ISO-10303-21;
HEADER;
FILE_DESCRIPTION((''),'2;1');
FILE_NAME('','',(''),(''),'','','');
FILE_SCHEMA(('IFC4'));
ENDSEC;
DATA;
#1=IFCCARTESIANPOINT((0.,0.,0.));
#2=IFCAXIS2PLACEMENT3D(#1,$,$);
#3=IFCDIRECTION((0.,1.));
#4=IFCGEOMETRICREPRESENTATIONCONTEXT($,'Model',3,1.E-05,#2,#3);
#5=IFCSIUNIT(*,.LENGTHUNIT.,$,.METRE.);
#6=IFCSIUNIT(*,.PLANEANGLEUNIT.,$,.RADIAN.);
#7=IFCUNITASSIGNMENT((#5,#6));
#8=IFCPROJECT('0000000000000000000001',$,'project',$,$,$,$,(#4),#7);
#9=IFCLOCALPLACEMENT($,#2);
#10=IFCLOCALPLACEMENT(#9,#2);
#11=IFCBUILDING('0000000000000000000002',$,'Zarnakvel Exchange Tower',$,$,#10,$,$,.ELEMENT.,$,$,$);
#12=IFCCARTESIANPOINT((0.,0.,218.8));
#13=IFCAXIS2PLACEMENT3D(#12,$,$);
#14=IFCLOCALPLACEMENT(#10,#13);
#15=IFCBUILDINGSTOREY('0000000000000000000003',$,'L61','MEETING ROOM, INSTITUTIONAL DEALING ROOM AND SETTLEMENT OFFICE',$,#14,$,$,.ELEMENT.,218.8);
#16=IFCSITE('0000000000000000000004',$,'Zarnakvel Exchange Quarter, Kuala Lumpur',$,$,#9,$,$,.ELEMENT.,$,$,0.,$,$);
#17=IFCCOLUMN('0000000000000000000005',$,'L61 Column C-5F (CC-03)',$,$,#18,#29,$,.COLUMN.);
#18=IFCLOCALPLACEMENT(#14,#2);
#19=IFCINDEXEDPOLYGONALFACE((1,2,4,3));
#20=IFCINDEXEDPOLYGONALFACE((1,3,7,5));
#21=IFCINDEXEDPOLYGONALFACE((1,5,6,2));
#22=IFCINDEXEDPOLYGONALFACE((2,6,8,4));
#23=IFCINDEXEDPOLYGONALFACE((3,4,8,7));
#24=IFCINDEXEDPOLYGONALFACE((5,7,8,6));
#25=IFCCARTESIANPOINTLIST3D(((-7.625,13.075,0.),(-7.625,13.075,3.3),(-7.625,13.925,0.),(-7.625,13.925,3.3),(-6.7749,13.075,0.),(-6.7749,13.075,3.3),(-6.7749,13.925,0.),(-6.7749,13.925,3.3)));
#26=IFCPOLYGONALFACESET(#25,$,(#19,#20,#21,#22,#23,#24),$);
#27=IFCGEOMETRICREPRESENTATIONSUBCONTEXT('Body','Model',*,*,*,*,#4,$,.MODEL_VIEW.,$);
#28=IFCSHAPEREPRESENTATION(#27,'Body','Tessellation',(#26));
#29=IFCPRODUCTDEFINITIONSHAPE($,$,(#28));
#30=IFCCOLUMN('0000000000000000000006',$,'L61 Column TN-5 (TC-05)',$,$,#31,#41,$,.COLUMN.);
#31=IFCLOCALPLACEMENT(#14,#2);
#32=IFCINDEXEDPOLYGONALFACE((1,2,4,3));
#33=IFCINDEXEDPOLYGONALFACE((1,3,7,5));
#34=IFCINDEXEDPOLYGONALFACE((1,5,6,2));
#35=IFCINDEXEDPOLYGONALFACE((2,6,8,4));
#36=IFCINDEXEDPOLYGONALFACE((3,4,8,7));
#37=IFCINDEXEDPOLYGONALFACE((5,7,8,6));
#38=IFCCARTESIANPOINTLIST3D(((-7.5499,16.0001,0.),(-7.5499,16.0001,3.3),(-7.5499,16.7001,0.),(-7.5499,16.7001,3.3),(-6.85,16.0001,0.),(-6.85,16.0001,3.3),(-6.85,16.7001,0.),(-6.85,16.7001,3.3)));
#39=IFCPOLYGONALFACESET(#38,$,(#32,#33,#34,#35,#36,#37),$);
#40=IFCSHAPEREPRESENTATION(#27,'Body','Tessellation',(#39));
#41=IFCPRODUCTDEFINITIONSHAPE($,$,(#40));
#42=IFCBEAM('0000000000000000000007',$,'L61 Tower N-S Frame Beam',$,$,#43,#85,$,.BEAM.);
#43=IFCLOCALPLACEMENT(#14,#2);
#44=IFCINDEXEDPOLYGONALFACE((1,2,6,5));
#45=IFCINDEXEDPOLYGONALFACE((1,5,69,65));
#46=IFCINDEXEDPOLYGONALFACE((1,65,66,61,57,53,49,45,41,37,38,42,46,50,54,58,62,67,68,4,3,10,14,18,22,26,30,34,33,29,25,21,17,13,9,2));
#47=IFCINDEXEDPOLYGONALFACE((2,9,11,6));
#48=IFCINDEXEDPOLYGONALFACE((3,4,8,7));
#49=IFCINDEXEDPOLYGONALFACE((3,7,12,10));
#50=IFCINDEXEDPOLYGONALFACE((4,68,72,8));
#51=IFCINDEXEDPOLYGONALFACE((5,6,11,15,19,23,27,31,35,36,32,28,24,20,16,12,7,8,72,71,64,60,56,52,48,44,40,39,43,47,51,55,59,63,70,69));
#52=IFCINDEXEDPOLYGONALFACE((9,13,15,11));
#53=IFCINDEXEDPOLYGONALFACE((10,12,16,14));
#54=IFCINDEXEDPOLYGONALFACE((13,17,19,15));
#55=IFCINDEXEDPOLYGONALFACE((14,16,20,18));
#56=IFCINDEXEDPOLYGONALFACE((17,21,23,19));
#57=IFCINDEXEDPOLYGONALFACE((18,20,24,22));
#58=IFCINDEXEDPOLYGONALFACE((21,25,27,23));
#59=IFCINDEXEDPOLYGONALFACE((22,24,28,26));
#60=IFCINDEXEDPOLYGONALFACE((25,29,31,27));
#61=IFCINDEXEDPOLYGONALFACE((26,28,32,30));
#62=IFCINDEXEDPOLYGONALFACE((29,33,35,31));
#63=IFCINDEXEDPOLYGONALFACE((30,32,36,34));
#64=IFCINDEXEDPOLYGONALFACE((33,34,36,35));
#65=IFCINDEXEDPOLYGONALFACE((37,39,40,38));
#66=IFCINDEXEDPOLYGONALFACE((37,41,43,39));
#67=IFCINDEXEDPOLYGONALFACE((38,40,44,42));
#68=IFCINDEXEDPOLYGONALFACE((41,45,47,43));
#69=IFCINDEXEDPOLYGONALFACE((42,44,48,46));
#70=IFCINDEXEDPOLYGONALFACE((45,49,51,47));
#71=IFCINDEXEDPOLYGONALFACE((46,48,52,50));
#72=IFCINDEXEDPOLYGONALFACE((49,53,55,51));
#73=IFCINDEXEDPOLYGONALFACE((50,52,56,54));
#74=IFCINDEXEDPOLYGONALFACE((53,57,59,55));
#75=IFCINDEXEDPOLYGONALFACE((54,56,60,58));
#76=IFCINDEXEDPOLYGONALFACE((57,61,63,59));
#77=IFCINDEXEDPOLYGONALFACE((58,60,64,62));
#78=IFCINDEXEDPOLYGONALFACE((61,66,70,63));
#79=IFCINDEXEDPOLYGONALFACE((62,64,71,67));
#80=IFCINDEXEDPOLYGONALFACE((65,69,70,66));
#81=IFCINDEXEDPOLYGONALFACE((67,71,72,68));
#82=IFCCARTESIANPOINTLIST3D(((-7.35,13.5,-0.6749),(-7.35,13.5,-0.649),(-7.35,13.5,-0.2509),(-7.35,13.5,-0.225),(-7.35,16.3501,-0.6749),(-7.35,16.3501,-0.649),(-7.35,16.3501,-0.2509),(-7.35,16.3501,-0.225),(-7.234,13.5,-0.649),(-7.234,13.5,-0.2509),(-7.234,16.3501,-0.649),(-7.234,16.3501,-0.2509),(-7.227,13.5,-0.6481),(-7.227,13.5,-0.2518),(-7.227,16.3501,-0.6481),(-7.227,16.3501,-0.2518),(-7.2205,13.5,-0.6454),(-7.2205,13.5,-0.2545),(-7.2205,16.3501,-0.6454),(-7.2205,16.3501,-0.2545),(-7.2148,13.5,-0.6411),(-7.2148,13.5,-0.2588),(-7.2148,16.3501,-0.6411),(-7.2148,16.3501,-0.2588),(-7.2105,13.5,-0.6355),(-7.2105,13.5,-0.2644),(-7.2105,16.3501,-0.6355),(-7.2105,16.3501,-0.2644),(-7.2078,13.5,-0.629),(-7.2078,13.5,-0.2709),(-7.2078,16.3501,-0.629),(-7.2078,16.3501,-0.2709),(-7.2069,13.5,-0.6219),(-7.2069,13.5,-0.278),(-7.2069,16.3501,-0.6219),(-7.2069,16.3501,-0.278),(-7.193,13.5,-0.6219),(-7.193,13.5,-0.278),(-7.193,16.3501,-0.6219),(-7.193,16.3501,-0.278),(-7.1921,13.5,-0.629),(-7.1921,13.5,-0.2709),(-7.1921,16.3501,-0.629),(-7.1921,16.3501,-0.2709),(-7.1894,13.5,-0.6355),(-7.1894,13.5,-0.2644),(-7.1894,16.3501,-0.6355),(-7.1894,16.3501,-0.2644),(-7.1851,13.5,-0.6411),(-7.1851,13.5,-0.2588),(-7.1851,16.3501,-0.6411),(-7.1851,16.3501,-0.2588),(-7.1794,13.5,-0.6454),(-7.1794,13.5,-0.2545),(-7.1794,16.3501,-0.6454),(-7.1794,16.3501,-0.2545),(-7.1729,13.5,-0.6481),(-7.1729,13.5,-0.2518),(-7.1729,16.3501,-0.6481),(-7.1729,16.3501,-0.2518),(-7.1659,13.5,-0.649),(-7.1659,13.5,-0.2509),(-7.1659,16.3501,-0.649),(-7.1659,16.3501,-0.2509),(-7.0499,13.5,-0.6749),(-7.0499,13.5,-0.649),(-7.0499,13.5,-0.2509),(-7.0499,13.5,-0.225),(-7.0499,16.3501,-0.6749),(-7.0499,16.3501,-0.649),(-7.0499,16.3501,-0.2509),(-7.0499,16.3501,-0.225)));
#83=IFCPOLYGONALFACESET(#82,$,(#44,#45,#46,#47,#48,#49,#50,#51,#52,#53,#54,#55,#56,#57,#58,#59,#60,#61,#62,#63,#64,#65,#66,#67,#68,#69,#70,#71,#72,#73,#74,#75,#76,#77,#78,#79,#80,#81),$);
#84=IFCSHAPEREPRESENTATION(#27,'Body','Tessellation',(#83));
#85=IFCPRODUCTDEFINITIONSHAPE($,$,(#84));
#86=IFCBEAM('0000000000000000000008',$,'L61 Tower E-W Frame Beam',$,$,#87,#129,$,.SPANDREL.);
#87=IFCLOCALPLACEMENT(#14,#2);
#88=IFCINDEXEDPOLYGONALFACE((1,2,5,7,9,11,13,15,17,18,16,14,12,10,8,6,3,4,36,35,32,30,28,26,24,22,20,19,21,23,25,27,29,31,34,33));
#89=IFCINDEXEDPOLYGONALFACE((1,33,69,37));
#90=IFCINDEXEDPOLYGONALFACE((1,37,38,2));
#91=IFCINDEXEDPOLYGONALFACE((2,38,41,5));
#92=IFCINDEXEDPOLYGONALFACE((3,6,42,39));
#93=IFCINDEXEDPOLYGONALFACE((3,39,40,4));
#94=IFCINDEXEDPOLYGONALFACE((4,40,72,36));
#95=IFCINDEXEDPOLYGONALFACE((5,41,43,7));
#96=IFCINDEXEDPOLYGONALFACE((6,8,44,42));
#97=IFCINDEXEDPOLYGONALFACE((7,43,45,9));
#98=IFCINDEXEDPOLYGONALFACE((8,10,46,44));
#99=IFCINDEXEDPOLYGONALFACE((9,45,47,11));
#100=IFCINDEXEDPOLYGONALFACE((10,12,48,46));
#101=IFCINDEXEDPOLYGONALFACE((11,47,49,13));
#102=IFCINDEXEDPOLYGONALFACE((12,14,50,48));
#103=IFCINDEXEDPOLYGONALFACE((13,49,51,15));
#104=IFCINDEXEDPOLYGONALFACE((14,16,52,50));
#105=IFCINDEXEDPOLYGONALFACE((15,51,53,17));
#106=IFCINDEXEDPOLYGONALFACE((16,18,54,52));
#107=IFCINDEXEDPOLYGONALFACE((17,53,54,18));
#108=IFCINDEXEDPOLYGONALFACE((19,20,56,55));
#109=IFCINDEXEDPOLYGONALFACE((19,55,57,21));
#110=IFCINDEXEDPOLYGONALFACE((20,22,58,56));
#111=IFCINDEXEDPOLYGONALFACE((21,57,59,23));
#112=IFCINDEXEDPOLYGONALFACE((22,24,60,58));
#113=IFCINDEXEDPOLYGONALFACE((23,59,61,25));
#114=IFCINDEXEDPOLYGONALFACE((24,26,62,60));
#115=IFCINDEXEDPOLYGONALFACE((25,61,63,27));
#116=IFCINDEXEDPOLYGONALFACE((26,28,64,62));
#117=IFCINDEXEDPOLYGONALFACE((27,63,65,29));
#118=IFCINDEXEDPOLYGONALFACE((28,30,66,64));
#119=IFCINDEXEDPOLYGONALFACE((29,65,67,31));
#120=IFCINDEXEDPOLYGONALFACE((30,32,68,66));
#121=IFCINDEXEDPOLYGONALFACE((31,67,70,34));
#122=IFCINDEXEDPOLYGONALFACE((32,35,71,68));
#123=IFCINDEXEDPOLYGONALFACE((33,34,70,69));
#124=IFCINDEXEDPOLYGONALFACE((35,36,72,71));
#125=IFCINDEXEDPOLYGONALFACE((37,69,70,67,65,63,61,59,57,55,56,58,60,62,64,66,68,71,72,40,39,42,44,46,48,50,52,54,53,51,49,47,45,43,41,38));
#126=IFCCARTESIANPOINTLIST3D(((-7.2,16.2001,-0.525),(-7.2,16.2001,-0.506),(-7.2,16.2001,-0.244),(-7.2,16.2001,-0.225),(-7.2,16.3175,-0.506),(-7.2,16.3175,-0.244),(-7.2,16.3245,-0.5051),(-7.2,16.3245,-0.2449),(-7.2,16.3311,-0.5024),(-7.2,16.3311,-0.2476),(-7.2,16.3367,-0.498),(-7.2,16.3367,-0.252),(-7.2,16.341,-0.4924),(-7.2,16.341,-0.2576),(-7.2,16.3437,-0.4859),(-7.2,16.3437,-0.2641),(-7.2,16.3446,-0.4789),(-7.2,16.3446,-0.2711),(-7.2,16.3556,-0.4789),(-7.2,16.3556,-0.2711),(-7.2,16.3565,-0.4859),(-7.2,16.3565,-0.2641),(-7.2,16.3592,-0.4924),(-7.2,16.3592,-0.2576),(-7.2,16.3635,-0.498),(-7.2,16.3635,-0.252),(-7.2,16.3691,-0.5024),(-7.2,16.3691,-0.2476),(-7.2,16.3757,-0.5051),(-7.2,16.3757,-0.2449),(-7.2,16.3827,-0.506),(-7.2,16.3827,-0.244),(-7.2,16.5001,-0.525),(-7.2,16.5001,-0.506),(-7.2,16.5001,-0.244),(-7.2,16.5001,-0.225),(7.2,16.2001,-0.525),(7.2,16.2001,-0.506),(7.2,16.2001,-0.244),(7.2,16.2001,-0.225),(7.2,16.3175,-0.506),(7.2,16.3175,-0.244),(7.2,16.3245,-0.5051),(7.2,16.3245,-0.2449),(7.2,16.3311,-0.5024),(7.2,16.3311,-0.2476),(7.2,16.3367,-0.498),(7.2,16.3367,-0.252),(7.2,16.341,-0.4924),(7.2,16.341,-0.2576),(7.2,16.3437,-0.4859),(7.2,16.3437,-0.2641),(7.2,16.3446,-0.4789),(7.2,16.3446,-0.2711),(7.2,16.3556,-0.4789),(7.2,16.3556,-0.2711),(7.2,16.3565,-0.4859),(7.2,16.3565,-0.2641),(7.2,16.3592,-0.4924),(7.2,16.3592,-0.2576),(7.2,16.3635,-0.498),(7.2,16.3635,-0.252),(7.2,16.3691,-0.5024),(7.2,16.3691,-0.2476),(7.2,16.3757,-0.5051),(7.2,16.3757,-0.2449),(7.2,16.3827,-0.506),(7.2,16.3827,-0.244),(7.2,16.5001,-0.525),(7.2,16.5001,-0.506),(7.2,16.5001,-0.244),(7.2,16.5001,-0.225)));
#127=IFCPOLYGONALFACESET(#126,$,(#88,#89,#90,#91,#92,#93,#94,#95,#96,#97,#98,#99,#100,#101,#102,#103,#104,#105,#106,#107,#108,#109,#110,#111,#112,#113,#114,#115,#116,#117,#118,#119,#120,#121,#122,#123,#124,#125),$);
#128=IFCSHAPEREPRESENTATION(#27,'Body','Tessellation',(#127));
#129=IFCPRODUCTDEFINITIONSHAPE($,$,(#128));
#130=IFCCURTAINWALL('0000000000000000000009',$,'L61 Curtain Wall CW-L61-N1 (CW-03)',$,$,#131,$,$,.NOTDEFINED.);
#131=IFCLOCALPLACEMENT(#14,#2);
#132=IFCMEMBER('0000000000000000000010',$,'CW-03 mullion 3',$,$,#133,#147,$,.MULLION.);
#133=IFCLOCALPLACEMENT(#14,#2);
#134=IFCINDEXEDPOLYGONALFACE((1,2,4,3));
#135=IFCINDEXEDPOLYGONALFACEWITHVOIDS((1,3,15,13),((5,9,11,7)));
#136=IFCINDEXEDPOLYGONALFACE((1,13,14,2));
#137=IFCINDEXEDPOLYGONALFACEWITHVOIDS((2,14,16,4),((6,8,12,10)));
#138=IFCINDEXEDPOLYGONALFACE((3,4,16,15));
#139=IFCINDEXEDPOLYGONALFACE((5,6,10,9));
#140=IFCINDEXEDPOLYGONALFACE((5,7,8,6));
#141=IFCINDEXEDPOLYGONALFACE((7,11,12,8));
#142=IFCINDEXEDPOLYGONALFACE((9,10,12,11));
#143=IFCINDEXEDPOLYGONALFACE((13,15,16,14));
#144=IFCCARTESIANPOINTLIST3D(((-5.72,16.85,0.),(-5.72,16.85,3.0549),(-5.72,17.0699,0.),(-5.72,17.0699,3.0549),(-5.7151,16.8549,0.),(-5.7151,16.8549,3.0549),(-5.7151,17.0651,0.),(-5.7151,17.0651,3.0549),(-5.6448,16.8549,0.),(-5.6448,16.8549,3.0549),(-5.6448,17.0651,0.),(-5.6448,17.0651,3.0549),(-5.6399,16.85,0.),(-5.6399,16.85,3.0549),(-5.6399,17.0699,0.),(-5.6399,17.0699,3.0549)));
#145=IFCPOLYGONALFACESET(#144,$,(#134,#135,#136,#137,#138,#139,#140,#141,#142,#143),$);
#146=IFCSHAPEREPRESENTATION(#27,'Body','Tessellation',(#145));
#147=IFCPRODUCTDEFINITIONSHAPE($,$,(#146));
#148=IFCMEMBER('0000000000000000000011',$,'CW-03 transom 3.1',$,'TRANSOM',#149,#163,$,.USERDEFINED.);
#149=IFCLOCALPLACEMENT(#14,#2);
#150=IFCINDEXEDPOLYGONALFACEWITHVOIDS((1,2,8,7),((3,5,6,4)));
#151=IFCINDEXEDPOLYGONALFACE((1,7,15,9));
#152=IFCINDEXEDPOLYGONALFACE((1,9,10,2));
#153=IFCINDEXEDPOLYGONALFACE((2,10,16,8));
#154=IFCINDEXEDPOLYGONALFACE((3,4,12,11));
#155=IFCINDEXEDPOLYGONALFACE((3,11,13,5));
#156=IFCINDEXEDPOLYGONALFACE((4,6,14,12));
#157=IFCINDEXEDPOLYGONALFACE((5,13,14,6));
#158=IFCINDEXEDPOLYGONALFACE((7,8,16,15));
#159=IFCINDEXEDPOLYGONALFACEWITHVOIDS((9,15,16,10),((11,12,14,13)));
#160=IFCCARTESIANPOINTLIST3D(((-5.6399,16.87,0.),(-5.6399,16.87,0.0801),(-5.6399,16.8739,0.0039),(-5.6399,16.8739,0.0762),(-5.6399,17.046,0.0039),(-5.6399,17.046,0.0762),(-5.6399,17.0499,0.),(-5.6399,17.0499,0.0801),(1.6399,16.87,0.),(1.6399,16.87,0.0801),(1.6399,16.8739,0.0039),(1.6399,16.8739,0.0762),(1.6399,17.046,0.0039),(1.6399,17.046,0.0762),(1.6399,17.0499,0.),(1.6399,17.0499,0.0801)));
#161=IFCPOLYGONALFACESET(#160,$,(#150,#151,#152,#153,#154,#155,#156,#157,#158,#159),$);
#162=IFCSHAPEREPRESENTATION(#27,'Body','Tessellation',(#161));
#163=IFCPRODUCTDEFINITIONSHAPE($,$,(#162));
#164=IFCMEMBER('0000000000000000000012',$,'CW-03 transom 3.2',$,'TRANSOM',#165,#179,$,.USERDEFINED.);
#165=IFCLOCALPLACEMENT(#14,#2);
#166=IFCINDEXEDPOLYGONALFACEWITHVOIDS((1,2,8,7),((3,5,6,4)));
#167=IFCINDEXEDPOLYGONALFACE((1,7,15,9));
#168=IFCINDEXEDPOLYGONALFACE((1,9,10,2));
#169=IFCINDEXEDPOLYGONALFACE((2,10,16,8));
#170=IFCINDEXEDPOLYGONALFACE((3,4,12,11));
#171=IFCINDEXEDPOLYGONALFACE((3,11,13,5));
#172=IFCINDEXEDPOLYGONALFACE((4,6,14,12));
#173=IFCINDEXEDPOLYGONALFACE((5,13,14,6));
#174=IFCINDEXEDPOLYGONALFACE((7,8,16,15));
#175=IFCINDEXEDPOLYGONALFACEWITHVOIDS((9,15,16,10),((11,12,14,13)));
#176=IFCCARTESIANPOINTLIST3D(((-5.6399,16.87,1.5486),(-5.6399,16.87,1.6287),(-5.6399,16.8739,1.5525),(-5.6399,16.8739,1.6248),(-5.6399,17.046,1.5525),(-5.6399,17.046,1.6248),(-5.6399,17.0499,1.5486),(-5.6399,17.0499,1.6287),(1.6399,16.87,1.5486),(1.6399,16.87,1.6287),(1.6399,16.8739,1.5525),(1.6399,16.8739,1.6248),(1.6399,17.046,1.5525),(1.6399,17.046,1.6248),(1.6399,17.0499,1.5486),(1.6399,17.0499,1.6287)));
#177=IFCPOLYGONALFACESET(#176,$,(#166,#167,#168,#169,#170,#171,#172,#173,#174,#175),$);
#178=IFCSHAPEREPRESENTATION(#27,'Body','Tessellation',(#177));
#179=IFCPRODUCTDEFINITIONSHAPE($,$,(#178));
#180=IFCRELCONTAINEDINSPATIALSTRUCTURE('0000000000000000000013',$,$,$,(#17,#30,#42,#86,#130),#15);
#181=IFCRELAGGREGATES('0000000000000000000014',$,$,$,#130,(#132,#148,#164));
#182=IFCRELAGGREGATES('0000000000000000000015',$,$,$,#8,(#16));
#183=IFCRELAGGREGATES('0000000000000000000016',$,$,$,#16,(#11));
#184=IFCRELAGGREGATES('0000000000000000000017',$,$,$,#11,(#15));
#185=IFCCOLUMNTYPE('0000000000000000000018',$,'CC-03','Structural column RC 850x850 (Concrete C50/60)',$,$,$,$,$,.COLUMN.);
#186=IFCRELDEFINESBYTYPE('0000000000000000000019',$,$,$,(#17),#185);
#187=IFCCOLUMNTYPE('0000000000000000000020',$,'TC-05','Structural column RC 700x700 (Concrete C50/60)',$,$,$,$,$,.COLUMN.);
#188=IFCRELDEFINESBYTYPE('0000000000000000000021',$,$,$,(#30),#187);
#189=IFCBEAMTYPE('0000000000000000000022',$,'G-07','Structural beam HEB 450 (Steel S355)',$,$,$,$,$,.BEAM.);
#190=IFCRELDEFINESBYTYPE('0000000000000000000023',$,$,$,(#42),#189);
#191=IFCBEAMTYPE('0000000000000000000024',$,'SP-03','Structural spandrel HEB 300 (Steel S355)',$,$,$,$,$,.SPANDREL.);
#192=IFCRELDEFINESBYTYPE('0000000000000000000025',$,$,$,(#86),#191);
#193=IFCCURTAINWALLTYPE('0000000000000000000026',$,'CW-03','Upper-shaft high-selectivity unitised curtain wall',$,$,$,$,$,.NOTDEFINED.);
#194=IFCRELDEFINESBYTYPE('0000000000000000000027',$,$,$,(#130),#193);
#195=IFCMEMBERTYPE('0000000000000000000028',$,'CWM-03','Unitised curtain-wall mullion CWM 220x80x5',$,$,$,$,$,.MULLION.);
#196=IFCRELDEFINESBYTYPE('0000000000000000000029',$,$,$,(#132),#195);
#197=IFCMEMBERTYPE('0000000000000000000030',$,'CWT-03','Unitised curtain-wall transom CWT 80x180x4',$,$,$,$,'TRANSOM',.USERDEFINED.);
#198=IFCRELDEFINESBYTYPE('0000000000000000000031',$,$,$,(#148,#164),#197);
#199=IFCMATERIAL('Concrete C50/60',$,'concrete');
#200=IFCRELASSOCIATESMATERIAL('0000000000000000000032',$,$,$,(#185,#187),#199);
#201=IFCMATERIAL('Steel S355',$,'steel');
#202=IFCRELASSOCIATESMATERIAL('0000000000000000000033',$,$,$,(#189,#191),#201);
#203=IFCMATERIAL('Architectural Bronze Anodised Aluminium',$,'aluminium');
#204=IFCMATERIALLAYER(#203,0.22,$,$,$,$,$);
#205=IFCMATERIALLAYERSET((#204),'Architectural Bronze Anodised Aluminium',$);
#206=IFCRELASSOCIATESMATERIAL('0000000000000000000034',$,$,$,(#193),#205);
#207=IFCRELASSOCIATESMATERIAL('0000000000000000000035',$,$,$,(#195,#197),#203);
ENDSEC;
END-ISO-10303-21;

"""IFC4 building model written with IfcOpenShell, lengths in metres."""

from ifc_helpers import new_model, si_unit, direction, frame, origin, origin_2d, place, context, subcontext, project, spatial, rectangle, hollow_rectangle, i_section, extrude, source, transform, mapped, material, layer, layer_set, material_profile, profile_set, type_object, element, aggregate, save


model = new_model("IFC4")

# Units and contexts
model_context = context("Model", 3, precision=1e-05, world=origin(), true_north=direction((0.0, 1.0)))
body_context = subcontext(model_context, "Body", "Model", "MODEL_VIEW")
ifc_project = project(units=[si_unit("LENGTHUNIT", "METRE"), si_unit("PLANEANGLEUNIT", "RADIAN")], contexts=[model_context])

# Site, building, storey
site_placement = place(None, origin())
site = spatial("IfcSite", under=ifc_project, at=site_placement, Name="Zarnakvel Exchange Quarter, Kuala Lumpur", CompositionType="ELEMENT", RefElevation=0.0)
building_placement = place(site_placement, origin())
building = spatial("IfcBuilding", under=site, at=building_placement, Name="Zarnakvel Exchange Tower", CompositionType="ELEMENT")
storey_placement = place(building_placement, frame((0.0, 0.0, 218.8)))
storey = spatial("IfcBuildingStorey", under=building, at=storey_placement, Name="L61", Description="MEETING ROOM, INSTITUTIONAL DEALING ROOM AND SETTLEMENT OFFICE", CompositionType="ELEMENT", Elevation=218.8)

# Columns
ifc_material_1 = material(Name="Concrete C50/60", Category="concrete")
ifc_material_profile_1 = material_profile(ifc_material_1, rectangle(XDim=0.8501, YDim=0.8501, at=origin_2d()))
ifc_profile_set_1 = profile_set([ifc_material_profile_1], Name="Concrete C50/60")
column_type_1 = type_object("IfcColumnType", Name="CC-03", Description="Structural column RC 850x850 (Concrete C50/60)", PredefinedType="COLUMN", material=ifc_profile_set_1)
column_1_placement = place(storey_placement, frame((-7.2, 13.5, 0.0), z_axis=(0.0, 0.0, 1.0), x_axis=(1.0, 0.0, 0.0)))
element("IfcColumn", 1, at=column_1_placement, inside=storey, type_object=column_type_1, Name="L61 Column C-5F (CC-03)", PredefinedType="COLUMN", context=body_context, shape_type="SweptSolid", body=[
    extrude(rectangle(XDim=0.8501, YDim=0.8501, at=origin_2d()), origin(), (0.0, 0.0, 1.0), 3.3),
])
ifc_material_profile_2 = material_profile(ifc_material_1, rectangle(XDim=0.7, YDim=0.7, at=origin_2d()))
ifc_profile_set_2 = profile_set([ifc_material_profile_2], Name="Concrete C50/60")
column_type_2 = type_object("IfcColumnType", Name="TC-05", Description="Structural column RC 700x700 (Concrete C50/60)", PredefinedType="COLUMN", material=ifc_profile_set_2)
column_2_placement = place(storey_placement, frame((-7.2, 16.3501, 0.0), z_axis=(0.0, 0.0, 1.0), x_axis=(1.0, 0.0, 0.0)))
element("IfcColumn", 2, at=column_2_placement, inside=storey, type_object=column_type_2, Name="L61 Column TN-5 (TC-05)", PredefinedType="COLUMN", context=body_context, shape_type="SweptSolid", body=[
    extrude(rectangle(XDim=0.7, YDim=0.7, at=origin_2d()), origin(), (0.0, 0.0, 1.0), 3.3),
])

# Beams
ifc_material_2 = material(Name="Steel S355", Category="steel")
ifc_material_profile_3 = material_profile(ifc_material_2, i_section(OverallWidth=0.3, OverallDepth=0.45, WebThickness=0.0139, FlangeThickness=0.0259, FilletRadius=0.0271, at=origin_2d()))
ifc_profile_set_3 = profile_set([ifc_material_profile_3], Name="Steel S355")
beam_type_1 = type_object("IfcBeamType", Name="G-07", Description="Structural beam HEB 450 (Steel S355)", PredefinedType="BEAM", material=ifc_profile_set_3)
beam_1_placement = place(storey_placement, frame((-7.2, 13.5, -0.45), z_axis=(0.0, 1.0, 0.0), x_axis=(-1.0, 0.0, 0.0)))
element("IfcBeam", 3, at=beam_1_placement, inside=storey, type_object=beam_type_1, Name="L61 Tower N-S Frame Beam", PredefinedType="BEAM", context=body_context, shape_type="SweptSolid", body=[
    extrude(i_section(OverallWidth=0.3, OverallDepth=0.45, WebThickness=0.0139, FlangeThickness=0.0259, FilletRadius=0.0271, at=origin_2d()), origin(), (0.0, 0.0, 1.0), 2.8501),
])
ifc_material_profile_4 = material_profile(ifc_material_2, i_section(OverallWidth=0.3, OverallDepth=0.3, WebThickness=0.011, FlangeThickness=0.019, FilletRadius=0.0271, at=origin_2d()))
ifc_profile_set_4 = profile_set([ifc_material_profile_4], Name="Steel S355")
beam_type_2 = type_object("IfcBeamType", Name="SP-03", Description="Structural spandrel HEB 300 (Steel S355)", PredefinedType="SPANDREL", material=ifc_profile_set_4)
beam_2_placement = place(storey_placement, frame((-7.2, 16.3501, -0.375), z_axis=(1.0, 0.0, 0.0), x_axis=(0.0, 1.0, 0.0)))
element("IfcBeam", 4, at=beam_2_placement, inside=storey, type_object=beam_type_2, Name="L61 Tower E-W Frame Beam", PredefinedType="SPANDREL", context=body_context, shape_type="SweptSolid", body=[
    extrude(i_section(OverallWidth=0.3, OverallDepth=0.3, WebThickness=0.011, FlangeThickness=0.019, FilletRadius=0.0271, at=origin_2d()), origin(), (0.0, 0.0, 1.0), 14.3999),
])

# Curtain wall, members
ifc_material_3 = material(Name="Architectural Bronze Anodised Aluminium", Category="aluminium")
ifc_layer_1 = layer(ifc_material_3, 0.22)
ifc_layer_set_1 = layer_set([ifc_layer_1], Name="Architectural Bronze Anodised Aluminium")
curtain_wall_type = type_object("IfcCurtainWallType", Name="CW-03", Description="Upper-shaft high-selectivity unitised curtain wall", PredefinedType="NOTDEFINED", material=ifc_layer_set_1)
curtain_wall_placement = place(storey_placement, origin())
curtain_wall = element("IfcCurtainWall", 5, at=curtain_wall_placement, inside=storey, type_object=curtain_wall_type, Name="L61 Curtain Wall CW-L61-N1 (CW-03)", PredefinedType="NOTDEFINED")
ifc_material_profile_5 = material_profile(ifc_material_3, hollow_rectangle(XDim=0.22, YDim=0.0801, WallThickness=0.0049, at=origin_2d()))
ifc_profile_set_5 = profile_set([ifc_material_profile_5], Name="Architectural Bronze Anodised Aluminium")
member_type_1 = type_object("IfcMemberType", Name="CWM-03", Description="Unitised curtain-wall mullion CWM 220x80x5", PredefinedType="MULLION", material=ifc_profile_set_5)
shared_shape_1 = source(origin(), body_context, "Body", "SweptSolid", [
    extrude(hollow_rectangle(XDim=0.22, YDim=0.0801, WallThickness=0.0049, at=origin_2d()), origin(), (0.0, 0.0, 1.0), 3.0549),
])
member_1_placement = place(storey_placement, frame((-5.6799, 16.96, 0.0), z_axis=(0.0, 0.0, 1.0), x_axis=(0.0, 1.0, 0.0)))
member_1 = element("IfcMember", 6, at=member_1_placement, type_object=member_type_1, Name="CW-03 mullion 3", PredefinedType="MULLION", context=body_context, shape_type="MappedRepresentation", body=[
    mapped(shared_shape_1, transform((0.0, 0.0, 0.0), x_axis=(1.0, 0.0, 0.0), y_axis=(0.0, 1.0, 0.0), z_axis=(0.0, 0.0, 1.0), scale=1.0)),
])
ifc_material_profile_6 = material_profile(ifc_material_3, hollow_rectangle(XDim=0.1799, YDim=0.0801, WallThickness=0.0039, at=origin_2d()))
ifc_profile_set_6 = profile_set([ifc_material_profile_6], Name="Architectural Bronze Anodised Aluminium")
member_type_2 = type_object("IfcMemberType", Name="CWT-03", Description="Unitised curtain-wall transom CWT 80x180x4", ElementType="TRANSOM", PredefinedType="USERDEFINED", material=ifc_profile_set_6)
shared_shape_2 = source(origin(), body_context, "Body", "SweptSolid", [
    extrude(hollow_rectangle(XDim=0.1799, YDim=0.0801, WallThickness=0.0039, at=origin_2d()), origin(), (0.0, 0.0, 1.0), 7.2798),
])
member_2_placement = place(storey_placement, frame((-5.6399, 16.96, 0.04), z_axis=(1.0, 0.0, 0.0), x_axis=(0.0, 1.0, 0.0)))
member_2 = element("IfcMember", 7, at=member_2_placement, type_object=member_type_2, Name="CW-03 transom 3.1", ObjectType="TRANSOM", PredefinedType="USERDEFINED", context=body_context, shape_type="MappedRepresentation", body=[
    mapped(shared_shape_2, transform((0.0, 0.0, 0.0), x_axis=(1.0, 0.0, 0.0), y_axis=(0.0, 1.0, 0.0), z_axis=(0.0, 0.0, 1.0), scale=1.0)),
])
member_3_placement = place(storey_placement, frame((-5.6399, 16.96, 1.5886), z_axis=(1.0, 0.0, 0.0), x_axis=(0.0, 1.0, 0.0)))
member_3 = element("IfcMember", 8, at=member_3_placement, type_object=member_type_2, Name="CW-03 transom 3.2", ObjectType="TRANSOM", PredefinedType="USERDEFINED", context=body_context, shape_type="MappedRepresentation", body=[
    mapped(shared_shape_2, transform((0.0, 0.0, 0.0), x_axis=(1.0, 0.0, 0.0), y_axis=(0.0, 1.0, 0.0), z_axis=(0.0, 0.0, 1.0), scale=1.0)),
])
aggregate(curtain_wall, [member_1, member_2, member_3])

save(model, "model.ifc")
